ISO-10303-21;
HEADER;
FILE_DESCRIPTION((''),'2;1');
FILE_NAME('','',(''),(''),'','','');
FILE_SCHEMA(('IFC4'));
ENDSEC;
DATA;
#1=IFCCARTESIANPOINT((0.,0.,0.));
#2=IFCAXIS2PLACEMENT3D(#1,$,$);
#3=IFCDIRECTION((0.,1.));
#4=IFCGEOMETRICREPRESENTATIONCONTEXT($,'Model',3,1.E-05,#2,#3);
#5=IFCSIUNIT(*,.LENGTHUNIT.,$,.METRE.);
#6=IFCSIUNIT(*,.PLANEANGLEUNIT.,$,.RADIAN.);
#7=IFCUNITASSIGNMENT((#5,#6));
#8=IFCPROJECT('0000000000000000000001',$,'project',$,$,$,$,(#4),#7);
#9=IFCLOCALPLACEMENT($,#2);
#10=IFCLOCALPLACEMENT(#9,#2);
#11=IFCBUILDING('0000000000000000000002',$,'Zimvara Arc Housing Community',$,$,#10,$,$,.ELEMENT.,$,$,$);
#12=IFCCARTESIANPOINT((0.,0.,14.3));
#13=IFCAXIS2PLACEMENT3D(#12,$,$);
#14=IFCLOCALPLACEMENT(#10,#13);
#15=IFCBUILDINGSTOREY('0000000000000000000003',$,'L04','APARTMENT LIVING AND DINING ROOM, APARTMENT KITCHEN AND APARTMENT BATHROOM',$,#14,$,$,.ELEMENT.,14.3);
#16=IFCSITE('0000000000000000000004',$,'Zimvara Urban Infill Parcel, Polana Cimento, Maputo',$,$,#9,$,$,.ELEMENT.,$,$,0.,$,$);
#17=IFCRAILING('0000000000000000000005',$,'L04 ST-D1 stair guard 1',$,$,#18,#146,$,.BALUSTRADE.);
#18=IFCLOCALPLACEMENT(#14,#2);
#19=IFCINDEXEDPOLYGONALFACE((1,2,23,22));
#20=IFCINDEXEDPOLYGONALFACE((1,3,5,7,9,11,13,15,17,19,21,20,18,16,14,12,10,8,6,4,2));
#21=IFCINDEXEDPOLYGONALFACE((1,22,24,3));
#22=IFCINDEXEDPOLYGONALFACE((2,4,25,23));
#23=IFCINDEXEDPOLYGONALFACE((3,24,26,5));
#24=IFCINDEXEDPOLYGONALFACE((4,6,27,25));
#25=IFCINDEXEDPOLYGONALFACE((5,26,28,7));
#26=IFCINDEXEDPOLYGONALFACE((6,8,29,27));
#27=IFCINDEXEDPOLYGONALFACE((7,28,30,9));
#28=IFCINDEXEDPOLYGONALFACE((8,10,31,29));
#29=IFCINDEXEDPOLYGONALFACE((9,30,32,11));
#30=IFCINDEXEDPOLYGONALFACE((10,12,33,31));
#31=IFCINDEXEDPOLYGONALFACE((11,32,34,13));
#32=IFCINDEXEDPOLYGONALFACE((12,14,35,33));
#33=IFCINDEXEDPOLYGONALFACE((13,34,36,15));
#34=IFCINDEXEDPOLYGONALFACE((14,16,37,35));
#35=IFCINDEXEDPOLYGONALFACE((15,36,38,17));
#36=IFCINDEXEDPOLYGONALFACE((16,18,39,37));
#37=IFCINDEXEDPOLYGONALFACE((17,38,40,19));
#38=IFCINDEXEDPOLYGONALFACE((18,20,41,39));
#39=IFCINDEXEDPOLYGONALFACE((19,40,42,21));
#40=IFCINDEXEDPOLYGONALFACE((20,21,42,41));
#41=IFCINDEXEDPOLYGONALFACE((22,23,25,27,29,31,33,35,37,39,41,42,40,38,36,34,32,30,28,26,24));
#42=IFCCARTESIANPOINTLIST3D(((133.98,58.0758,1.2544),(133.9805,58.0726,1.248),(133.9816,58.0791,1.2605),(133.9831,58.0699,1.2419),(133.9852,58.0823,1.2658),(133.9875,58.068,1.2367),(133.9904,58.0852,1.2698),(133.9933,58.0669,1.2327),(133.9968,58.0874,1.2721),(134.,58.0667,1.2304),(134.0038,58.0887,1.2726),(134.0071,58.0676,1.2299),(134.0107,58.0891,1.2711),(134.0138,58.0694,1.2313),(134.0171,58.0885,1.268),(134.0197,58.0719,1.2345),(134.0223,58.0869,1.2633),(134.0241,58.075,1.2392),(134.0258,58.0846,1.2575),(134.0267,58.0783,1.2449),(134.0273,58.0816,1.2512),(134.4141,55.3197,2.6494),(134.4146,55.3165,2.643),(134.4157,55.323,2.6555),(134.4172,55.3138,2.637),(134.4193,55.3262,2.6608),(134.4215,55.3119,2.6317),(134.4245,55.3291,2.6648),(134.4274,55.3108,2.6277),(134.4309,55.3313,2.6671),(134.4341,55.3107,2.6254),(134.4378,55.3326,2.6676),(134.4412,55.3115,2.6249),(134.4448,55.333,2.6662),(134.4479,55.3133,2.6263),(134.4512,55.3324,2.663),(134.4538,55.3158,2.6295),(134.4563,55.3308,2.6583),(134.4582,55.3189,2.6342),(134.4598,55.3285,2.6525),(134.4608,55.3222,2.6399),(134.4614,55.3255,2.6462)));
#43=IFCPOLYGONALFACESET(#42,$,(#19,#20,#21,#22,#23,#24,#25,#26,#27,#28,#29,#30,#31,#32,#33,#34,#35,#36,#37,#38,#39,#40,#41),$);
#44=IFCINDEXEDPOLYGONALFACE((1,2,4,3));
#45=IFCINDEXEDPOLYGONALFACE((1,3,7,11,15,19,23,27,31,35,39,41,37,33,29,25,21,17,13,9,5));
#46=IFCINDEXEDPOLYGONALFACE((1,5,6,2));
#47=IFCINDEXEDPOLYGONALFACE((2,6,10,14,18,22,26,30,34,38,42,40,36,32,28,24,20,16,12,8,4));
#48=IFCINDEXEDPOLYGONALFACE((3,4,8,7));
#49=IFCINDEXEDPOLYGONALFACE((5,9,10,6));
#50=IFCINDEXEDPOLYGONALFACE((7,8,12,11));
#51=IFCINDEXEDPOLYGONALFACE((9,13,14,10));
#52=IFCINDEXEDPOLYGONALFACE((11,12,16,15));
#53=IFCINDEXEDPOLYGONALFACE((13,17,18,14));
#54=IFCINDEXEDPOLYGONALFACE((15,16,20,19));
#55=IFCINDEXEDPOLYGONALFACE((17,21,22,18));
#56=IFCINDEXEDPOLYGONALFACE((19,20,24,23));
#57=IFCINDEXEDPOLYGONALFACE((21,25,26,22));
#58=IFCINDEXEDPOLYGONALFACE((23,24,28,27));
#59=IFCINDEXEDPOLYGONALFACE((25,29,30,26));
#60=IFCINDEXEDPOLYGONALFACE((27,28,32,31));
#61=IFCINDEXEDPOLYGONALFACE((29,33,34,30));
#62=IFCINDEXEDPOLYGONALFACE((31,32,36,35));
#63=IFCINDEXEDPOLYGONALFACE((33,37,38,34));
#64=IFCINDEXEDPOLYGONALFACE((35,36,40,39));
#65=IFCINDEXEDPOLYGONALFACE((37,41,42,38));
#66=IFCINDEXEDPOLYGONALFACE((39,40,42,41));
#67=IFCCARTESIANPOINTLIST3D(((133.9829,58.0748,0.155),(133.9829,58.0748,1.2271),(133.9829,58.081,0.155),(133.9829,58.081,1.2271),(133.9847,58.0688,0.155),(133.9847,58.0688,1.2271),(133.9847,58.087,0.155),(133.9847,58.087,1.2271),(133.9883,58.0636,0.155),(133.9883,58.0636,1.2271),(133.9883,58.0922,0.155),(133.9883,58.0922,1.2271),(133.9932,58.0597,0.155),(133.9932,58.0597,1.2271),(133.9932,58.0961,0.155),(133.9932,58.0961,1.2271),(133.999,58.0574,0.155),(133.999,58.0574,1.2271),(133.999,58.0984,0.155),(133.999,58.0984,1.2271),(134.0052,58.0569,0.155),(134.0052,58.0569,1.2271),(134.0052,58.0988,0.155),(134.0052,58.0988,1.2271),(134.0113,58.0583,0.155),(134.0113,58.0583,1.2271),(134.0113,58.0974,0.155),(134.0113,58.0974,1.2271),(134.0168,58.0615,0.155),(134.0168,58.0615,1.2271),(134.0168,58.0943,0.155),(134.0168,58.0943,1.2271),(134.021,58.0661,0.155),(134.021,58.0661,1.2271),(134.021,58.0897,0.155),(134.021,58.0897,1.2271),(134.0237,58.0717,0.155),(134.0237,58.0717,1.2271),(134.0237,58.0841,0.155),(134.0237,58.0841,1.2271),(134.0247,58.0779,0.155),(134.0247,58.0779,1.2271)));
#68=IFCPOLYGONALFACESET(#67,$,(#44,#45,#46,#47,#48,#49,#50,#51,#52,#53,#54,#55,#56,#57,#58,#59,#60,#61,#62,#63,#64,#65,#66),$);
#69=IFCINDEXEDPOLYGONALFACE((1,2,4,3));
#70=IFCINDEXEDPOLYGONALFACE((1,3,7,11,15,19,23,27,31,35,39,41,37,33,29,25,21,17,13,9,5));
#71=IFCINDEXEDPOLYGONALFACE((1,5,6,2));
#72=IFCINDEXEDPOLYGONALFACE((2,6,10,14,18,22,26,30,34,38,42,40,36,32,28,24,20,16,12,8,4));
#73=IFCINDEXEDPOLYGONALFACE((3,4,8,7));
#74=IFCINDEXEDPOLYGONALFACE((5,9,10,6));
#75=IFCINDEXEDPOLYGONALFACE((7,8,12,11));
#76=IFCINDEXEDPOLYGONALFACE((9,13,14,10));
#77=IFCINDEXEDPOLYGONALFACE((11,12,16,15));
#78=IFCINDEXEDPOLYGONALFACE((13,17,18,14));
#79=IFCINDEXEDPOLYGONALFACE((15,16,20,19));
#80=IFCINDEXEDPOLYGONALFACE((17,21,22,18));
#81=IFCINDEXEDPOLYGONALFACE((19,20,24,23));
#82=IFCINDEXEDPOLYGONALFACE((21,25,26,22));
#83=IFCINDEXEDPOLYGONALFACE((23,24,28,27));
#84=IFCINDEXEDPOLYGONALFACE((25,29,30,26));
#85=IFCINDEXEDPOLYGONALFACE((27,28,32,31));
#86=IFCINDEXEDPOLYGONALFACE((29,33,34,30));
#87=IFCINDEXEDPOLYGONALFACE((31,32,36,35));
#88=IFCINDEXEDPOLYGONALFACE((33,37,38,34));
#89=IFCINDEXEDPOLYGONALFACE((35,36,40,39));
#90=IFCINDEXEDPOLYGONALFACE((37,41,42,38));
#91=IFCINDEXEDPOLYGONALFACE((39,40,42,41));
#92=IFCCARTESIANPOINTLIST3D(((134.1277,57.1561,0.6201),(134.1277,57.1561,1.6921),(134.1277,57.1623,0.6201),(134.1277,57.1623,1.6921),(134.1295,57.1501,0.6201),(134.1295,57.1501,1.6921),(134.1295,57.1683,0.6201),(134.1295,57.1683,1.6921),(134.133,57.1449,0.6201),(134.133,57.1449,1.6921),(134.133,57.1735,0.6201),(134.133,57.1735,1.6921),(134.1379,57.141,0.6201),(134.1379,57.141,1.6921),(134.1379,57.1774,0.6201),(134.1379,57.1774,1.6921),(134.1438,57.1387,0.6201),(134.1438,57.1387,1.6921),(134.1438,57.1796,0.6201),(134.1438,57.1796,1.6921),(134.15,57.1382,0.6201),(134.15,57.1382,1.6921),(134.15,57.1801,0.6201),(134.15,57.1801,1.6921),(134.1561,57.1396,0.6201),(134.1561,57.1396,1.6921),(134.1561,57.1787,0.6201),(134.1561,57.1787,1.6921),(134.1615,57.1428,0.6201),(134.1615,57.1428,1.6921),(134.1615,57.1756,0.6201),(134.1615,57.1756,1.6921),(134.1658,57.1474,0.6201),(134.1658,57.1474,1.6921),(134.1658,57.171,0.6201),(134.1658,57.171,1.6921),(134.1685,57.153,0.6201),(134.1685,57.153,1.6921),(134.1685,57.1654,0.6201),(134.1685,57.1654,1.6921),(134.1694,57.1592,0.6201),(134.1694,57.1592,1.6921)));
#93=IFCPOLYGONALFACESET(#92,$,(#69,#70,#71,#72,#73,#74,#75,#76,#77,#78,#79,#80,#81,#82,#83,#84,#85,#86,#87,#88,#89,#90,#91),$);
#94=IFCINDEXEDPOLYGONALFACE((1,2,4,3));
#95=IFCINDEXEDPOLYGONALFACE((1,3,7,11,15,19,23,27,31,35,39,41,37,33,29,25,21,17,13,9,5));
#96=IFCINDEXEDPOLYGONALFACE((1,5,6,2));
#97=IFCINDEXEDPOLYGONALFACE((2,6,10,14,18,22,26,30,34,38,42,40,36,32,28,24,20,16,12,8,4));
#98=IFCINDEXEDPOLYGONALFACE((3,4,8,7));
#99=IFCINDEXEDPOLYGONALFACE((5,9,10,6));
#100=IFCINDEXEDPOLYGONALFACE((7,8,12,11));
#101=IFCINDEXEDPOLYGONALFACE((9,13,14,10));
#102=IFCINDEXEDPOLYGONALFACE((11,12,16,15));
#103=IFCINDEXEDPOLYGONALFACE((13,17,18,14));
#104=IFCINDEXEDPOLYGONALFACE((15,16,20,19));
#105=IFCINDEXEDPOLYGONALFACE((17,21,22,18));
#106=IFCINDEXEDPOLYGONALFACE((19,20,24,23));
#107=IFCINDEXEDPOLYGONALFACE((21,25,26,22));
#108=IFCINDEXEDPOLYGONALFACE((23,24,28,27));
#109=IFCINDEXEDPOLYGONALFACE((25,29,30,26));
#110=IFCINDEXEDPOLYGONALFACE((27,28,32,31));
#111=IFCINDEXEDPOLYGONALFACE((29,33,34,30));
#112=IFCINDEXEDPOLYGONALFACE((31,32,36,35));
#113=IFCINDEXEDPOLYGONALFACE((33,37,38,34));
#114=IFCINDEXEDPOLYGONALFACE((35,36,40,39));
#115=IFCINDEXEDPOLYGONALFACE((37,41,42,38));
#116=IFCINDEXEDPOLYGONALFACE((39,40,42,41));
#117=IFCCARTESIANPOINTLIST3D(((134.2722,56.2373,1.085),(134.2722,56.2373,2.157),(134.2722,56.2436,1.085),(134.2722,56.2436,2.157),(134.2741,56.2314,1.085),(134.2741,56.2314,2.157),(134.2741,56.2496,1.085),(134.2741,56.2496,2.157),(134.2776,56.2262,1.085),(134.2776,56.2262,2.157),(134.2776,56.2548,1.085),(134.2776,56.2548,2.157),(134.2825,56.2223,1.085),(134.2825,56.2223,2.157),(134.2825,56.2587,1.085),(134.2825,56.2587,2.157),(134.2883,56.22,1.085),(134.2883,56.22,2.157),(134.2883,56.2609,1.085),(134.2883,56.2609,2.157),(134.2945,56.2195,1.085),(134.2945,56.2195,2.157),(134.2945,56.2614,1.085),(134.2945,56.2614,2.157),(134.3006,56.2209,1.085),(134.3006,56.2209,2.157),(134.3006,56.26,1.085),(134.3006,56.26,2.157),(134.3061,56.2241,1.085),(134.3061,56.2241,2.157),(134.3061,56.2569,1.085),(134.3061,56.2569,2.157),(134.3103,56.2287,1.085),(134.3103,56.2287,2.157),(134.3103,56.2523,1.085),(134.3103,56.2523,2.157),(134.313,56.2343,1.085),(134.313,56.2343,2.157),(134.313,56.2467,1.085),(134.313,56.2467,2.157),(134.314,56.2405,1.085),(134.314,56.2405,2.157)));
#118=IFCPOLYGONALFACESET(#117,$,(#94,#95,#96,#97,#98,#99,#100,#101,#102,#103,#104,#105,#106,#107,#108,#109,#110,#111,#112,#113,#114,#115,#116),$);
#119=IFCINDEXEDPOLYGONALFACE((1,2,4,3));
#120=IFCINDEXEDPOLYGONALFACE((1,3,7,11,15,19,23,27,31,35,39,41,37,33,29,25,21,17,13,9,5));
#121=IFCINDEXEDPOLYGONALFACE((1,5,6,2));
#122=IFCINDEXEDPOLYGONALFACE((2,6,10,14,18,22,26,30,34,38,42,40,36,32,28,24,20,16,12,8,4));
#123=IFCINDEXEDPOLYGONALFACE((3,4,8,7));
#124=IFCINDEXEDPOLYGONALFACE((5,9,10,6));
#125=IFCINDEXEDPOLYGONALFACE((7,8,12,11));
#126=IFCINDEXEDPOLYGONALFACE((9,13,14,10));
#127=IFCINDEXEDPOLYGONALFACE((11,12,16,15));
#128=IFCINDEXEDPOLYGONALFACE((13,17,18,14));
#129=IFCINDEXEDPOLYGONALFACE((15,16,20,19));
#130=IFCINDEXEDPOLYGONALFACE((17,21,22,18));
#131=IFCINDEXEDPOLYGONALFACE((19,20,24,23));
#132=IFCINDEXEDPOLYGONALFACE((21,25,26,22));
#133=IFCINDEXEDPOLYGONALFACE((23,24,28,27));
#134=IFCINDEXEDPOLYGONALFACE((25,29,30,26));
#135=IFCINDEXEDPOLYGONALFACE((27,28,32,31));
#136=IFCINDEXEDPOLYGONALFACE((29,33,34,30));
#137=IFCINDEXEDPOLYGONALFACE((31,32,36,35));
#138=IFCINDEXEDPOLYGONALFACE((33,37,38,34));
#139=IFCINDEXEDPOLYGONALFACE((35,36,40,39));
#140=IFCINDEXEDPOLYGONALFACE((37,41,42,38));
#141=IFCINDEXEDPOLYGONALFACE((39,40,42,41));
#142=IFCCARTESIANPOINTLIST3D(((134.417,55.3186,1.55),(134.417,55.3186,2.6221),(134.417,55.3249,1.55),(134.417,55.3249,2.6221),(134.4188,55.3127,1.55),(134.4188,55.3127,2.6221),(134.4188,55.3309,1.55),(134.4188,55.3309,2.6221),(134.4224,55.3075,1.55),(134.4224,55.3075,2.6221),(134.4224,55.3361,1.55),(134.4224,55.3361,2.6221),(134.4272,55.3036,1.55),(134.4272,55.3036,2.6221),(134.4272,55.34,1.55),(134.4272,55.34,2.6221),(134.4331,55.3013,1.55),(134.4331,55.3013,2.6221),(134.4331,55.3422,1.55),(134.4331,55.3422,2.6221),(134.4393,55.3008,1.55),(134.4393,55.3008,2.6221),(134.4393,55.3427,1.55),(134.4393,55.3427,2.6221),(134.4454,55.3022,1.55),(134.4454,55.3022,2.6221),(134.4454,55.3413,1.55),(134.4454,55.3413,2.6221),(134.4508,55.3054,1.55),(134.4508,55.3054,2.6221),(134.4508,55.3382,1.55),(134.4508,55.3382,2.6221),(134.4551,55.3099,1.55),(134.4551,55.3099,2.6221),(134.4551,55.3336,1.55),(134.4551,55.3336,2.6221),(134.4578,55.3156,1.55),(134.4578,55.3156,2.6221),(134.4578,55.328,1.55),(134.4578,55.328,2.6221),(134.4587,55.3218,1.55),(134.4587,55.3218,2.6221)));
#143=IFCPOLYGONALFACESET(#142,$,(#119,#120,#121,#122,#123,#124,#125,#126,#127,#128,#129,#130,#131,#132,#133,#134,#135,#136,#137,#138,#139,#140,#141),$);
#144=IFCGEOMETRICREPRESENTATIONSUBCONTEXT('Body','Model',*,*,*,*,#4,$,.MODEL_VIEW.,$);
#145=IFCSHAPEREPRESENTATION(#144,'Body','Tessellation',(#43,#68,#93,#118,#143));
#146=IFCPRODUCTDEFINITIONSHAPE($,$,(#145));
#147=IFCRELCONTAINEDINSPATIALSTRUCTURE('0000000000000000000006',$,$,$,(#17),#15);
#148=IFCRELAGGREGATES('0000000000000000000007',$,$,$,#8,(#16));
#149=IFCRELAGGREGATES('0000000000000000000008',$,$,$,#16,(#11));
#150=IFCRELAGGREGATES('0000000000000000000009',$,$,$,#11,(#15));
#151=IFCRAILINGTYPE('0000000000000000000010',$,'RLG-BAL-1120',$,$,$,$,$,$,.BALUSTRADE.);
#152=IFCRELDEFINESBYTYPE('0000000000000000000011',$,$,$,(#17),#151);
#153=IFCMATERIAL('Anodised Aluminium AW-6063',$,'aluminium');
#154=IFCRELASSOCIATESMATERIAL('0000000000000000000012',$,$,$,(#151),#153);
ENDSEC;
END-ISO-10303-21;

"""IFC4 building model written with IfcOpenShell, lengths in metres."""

from ifc_helpers import new_model, si_unit, direction, frame, origin, origin_2d, place, context, subcontext, project, spatial, circle, extrude, material, type_object, element, save


model = new_model("IFC4")

# Units and contexts
model_context = context("Model", 3, precision=1e-05, world=origin(), true_north=direction((0.0, 1.0)))
body_context = subcontext(model_context, "Body", "Model", "MODEL_VIEW")
ifc_project = project(units=[si_unit("LENGTHUNIT", "METRE"), si_unit("PLANEANGLEUNIT", "RADIAN")], contexts=[model_context])

# Site, building, storey
site_placement = place(None, origin())
site = spatial("IfcSite", under=ifc_project, at=site_placement, Name="Zimvara Urban Infill Parcel, Polana Cimento, Maputo", CompositionType="ELEMENT", RefElevation=0.0)
building_placement = place(site_placement, origin())
building = spatial("IfcBuilding", under=site, at=building_placement, Name="Zimvara Arc Housing Community", CompositionType="ELEMENT")
storey_placement = place(building_placement, frame((0.0, 0.0, 14.3)))
storey = spatial("IfcBuildingStorey", under=building, at=storey_placement, Name="L04", Description="APARTMENT LIVING AND DINING ROOM, APARTMENT KITCHEN AND APARTMENT BATHROOM", CompositionType="ELEMENT", Elevation=14.3)

# Railing
ifc_material_1 = material(Name="Anodised Aluminium AW-6063", Category="aluminium")
railing_type_1 = type_object("IfcRailingType", Name="RLG-BAL-1120", PredefinedType="BALUSTRADE", material=ifc_material_1)
railing_1_placement = place(storey_placement, frame((134.0037, 58.0779, 0.155)))
element("IfcRailing", 1, at=railing_1_placement, inside=storey, type_object=railing_type_1, Name="L04 ST-D1 stair guard 1", PredefinedType="BALUSTRADE", context=body_context, shape_type="SweptSolid", body=[
    extrude(circle(Radius=0.0239, at=origin_2d()), frame((0.0, 0.0, 1.0962), z_axis=(0.139156, -0.883538, 0.447209), x_axis=(0.987823, 0.155581, 0.0)), (0.0, 0.0, 1.0), 3.1194),
    extrude(circle(Radius=0.021, at=origin_2d()), origin(), (0.0, 0.0, 1.0), 1.072),
    extrude(circle(Radius=0.021, at=origin_2d()), frame((0.1448, -0.9187, 0.4651)), (0.0, 0.0, 1.0), 1.072),
    extrude(circle(Radius=0.021, at=origin_2d()), frame((0.2893, -1.8374, 0.9299)), (0.0, 0.0, 1.0), 1.072),
    extrude(circle(Radius=0.021, at=origin_2d()), frame((0.4341, -2.7561, 1.395)), (0.0, 0.0, 1.0), 1.072),
])

save(model, "model.ifc")
